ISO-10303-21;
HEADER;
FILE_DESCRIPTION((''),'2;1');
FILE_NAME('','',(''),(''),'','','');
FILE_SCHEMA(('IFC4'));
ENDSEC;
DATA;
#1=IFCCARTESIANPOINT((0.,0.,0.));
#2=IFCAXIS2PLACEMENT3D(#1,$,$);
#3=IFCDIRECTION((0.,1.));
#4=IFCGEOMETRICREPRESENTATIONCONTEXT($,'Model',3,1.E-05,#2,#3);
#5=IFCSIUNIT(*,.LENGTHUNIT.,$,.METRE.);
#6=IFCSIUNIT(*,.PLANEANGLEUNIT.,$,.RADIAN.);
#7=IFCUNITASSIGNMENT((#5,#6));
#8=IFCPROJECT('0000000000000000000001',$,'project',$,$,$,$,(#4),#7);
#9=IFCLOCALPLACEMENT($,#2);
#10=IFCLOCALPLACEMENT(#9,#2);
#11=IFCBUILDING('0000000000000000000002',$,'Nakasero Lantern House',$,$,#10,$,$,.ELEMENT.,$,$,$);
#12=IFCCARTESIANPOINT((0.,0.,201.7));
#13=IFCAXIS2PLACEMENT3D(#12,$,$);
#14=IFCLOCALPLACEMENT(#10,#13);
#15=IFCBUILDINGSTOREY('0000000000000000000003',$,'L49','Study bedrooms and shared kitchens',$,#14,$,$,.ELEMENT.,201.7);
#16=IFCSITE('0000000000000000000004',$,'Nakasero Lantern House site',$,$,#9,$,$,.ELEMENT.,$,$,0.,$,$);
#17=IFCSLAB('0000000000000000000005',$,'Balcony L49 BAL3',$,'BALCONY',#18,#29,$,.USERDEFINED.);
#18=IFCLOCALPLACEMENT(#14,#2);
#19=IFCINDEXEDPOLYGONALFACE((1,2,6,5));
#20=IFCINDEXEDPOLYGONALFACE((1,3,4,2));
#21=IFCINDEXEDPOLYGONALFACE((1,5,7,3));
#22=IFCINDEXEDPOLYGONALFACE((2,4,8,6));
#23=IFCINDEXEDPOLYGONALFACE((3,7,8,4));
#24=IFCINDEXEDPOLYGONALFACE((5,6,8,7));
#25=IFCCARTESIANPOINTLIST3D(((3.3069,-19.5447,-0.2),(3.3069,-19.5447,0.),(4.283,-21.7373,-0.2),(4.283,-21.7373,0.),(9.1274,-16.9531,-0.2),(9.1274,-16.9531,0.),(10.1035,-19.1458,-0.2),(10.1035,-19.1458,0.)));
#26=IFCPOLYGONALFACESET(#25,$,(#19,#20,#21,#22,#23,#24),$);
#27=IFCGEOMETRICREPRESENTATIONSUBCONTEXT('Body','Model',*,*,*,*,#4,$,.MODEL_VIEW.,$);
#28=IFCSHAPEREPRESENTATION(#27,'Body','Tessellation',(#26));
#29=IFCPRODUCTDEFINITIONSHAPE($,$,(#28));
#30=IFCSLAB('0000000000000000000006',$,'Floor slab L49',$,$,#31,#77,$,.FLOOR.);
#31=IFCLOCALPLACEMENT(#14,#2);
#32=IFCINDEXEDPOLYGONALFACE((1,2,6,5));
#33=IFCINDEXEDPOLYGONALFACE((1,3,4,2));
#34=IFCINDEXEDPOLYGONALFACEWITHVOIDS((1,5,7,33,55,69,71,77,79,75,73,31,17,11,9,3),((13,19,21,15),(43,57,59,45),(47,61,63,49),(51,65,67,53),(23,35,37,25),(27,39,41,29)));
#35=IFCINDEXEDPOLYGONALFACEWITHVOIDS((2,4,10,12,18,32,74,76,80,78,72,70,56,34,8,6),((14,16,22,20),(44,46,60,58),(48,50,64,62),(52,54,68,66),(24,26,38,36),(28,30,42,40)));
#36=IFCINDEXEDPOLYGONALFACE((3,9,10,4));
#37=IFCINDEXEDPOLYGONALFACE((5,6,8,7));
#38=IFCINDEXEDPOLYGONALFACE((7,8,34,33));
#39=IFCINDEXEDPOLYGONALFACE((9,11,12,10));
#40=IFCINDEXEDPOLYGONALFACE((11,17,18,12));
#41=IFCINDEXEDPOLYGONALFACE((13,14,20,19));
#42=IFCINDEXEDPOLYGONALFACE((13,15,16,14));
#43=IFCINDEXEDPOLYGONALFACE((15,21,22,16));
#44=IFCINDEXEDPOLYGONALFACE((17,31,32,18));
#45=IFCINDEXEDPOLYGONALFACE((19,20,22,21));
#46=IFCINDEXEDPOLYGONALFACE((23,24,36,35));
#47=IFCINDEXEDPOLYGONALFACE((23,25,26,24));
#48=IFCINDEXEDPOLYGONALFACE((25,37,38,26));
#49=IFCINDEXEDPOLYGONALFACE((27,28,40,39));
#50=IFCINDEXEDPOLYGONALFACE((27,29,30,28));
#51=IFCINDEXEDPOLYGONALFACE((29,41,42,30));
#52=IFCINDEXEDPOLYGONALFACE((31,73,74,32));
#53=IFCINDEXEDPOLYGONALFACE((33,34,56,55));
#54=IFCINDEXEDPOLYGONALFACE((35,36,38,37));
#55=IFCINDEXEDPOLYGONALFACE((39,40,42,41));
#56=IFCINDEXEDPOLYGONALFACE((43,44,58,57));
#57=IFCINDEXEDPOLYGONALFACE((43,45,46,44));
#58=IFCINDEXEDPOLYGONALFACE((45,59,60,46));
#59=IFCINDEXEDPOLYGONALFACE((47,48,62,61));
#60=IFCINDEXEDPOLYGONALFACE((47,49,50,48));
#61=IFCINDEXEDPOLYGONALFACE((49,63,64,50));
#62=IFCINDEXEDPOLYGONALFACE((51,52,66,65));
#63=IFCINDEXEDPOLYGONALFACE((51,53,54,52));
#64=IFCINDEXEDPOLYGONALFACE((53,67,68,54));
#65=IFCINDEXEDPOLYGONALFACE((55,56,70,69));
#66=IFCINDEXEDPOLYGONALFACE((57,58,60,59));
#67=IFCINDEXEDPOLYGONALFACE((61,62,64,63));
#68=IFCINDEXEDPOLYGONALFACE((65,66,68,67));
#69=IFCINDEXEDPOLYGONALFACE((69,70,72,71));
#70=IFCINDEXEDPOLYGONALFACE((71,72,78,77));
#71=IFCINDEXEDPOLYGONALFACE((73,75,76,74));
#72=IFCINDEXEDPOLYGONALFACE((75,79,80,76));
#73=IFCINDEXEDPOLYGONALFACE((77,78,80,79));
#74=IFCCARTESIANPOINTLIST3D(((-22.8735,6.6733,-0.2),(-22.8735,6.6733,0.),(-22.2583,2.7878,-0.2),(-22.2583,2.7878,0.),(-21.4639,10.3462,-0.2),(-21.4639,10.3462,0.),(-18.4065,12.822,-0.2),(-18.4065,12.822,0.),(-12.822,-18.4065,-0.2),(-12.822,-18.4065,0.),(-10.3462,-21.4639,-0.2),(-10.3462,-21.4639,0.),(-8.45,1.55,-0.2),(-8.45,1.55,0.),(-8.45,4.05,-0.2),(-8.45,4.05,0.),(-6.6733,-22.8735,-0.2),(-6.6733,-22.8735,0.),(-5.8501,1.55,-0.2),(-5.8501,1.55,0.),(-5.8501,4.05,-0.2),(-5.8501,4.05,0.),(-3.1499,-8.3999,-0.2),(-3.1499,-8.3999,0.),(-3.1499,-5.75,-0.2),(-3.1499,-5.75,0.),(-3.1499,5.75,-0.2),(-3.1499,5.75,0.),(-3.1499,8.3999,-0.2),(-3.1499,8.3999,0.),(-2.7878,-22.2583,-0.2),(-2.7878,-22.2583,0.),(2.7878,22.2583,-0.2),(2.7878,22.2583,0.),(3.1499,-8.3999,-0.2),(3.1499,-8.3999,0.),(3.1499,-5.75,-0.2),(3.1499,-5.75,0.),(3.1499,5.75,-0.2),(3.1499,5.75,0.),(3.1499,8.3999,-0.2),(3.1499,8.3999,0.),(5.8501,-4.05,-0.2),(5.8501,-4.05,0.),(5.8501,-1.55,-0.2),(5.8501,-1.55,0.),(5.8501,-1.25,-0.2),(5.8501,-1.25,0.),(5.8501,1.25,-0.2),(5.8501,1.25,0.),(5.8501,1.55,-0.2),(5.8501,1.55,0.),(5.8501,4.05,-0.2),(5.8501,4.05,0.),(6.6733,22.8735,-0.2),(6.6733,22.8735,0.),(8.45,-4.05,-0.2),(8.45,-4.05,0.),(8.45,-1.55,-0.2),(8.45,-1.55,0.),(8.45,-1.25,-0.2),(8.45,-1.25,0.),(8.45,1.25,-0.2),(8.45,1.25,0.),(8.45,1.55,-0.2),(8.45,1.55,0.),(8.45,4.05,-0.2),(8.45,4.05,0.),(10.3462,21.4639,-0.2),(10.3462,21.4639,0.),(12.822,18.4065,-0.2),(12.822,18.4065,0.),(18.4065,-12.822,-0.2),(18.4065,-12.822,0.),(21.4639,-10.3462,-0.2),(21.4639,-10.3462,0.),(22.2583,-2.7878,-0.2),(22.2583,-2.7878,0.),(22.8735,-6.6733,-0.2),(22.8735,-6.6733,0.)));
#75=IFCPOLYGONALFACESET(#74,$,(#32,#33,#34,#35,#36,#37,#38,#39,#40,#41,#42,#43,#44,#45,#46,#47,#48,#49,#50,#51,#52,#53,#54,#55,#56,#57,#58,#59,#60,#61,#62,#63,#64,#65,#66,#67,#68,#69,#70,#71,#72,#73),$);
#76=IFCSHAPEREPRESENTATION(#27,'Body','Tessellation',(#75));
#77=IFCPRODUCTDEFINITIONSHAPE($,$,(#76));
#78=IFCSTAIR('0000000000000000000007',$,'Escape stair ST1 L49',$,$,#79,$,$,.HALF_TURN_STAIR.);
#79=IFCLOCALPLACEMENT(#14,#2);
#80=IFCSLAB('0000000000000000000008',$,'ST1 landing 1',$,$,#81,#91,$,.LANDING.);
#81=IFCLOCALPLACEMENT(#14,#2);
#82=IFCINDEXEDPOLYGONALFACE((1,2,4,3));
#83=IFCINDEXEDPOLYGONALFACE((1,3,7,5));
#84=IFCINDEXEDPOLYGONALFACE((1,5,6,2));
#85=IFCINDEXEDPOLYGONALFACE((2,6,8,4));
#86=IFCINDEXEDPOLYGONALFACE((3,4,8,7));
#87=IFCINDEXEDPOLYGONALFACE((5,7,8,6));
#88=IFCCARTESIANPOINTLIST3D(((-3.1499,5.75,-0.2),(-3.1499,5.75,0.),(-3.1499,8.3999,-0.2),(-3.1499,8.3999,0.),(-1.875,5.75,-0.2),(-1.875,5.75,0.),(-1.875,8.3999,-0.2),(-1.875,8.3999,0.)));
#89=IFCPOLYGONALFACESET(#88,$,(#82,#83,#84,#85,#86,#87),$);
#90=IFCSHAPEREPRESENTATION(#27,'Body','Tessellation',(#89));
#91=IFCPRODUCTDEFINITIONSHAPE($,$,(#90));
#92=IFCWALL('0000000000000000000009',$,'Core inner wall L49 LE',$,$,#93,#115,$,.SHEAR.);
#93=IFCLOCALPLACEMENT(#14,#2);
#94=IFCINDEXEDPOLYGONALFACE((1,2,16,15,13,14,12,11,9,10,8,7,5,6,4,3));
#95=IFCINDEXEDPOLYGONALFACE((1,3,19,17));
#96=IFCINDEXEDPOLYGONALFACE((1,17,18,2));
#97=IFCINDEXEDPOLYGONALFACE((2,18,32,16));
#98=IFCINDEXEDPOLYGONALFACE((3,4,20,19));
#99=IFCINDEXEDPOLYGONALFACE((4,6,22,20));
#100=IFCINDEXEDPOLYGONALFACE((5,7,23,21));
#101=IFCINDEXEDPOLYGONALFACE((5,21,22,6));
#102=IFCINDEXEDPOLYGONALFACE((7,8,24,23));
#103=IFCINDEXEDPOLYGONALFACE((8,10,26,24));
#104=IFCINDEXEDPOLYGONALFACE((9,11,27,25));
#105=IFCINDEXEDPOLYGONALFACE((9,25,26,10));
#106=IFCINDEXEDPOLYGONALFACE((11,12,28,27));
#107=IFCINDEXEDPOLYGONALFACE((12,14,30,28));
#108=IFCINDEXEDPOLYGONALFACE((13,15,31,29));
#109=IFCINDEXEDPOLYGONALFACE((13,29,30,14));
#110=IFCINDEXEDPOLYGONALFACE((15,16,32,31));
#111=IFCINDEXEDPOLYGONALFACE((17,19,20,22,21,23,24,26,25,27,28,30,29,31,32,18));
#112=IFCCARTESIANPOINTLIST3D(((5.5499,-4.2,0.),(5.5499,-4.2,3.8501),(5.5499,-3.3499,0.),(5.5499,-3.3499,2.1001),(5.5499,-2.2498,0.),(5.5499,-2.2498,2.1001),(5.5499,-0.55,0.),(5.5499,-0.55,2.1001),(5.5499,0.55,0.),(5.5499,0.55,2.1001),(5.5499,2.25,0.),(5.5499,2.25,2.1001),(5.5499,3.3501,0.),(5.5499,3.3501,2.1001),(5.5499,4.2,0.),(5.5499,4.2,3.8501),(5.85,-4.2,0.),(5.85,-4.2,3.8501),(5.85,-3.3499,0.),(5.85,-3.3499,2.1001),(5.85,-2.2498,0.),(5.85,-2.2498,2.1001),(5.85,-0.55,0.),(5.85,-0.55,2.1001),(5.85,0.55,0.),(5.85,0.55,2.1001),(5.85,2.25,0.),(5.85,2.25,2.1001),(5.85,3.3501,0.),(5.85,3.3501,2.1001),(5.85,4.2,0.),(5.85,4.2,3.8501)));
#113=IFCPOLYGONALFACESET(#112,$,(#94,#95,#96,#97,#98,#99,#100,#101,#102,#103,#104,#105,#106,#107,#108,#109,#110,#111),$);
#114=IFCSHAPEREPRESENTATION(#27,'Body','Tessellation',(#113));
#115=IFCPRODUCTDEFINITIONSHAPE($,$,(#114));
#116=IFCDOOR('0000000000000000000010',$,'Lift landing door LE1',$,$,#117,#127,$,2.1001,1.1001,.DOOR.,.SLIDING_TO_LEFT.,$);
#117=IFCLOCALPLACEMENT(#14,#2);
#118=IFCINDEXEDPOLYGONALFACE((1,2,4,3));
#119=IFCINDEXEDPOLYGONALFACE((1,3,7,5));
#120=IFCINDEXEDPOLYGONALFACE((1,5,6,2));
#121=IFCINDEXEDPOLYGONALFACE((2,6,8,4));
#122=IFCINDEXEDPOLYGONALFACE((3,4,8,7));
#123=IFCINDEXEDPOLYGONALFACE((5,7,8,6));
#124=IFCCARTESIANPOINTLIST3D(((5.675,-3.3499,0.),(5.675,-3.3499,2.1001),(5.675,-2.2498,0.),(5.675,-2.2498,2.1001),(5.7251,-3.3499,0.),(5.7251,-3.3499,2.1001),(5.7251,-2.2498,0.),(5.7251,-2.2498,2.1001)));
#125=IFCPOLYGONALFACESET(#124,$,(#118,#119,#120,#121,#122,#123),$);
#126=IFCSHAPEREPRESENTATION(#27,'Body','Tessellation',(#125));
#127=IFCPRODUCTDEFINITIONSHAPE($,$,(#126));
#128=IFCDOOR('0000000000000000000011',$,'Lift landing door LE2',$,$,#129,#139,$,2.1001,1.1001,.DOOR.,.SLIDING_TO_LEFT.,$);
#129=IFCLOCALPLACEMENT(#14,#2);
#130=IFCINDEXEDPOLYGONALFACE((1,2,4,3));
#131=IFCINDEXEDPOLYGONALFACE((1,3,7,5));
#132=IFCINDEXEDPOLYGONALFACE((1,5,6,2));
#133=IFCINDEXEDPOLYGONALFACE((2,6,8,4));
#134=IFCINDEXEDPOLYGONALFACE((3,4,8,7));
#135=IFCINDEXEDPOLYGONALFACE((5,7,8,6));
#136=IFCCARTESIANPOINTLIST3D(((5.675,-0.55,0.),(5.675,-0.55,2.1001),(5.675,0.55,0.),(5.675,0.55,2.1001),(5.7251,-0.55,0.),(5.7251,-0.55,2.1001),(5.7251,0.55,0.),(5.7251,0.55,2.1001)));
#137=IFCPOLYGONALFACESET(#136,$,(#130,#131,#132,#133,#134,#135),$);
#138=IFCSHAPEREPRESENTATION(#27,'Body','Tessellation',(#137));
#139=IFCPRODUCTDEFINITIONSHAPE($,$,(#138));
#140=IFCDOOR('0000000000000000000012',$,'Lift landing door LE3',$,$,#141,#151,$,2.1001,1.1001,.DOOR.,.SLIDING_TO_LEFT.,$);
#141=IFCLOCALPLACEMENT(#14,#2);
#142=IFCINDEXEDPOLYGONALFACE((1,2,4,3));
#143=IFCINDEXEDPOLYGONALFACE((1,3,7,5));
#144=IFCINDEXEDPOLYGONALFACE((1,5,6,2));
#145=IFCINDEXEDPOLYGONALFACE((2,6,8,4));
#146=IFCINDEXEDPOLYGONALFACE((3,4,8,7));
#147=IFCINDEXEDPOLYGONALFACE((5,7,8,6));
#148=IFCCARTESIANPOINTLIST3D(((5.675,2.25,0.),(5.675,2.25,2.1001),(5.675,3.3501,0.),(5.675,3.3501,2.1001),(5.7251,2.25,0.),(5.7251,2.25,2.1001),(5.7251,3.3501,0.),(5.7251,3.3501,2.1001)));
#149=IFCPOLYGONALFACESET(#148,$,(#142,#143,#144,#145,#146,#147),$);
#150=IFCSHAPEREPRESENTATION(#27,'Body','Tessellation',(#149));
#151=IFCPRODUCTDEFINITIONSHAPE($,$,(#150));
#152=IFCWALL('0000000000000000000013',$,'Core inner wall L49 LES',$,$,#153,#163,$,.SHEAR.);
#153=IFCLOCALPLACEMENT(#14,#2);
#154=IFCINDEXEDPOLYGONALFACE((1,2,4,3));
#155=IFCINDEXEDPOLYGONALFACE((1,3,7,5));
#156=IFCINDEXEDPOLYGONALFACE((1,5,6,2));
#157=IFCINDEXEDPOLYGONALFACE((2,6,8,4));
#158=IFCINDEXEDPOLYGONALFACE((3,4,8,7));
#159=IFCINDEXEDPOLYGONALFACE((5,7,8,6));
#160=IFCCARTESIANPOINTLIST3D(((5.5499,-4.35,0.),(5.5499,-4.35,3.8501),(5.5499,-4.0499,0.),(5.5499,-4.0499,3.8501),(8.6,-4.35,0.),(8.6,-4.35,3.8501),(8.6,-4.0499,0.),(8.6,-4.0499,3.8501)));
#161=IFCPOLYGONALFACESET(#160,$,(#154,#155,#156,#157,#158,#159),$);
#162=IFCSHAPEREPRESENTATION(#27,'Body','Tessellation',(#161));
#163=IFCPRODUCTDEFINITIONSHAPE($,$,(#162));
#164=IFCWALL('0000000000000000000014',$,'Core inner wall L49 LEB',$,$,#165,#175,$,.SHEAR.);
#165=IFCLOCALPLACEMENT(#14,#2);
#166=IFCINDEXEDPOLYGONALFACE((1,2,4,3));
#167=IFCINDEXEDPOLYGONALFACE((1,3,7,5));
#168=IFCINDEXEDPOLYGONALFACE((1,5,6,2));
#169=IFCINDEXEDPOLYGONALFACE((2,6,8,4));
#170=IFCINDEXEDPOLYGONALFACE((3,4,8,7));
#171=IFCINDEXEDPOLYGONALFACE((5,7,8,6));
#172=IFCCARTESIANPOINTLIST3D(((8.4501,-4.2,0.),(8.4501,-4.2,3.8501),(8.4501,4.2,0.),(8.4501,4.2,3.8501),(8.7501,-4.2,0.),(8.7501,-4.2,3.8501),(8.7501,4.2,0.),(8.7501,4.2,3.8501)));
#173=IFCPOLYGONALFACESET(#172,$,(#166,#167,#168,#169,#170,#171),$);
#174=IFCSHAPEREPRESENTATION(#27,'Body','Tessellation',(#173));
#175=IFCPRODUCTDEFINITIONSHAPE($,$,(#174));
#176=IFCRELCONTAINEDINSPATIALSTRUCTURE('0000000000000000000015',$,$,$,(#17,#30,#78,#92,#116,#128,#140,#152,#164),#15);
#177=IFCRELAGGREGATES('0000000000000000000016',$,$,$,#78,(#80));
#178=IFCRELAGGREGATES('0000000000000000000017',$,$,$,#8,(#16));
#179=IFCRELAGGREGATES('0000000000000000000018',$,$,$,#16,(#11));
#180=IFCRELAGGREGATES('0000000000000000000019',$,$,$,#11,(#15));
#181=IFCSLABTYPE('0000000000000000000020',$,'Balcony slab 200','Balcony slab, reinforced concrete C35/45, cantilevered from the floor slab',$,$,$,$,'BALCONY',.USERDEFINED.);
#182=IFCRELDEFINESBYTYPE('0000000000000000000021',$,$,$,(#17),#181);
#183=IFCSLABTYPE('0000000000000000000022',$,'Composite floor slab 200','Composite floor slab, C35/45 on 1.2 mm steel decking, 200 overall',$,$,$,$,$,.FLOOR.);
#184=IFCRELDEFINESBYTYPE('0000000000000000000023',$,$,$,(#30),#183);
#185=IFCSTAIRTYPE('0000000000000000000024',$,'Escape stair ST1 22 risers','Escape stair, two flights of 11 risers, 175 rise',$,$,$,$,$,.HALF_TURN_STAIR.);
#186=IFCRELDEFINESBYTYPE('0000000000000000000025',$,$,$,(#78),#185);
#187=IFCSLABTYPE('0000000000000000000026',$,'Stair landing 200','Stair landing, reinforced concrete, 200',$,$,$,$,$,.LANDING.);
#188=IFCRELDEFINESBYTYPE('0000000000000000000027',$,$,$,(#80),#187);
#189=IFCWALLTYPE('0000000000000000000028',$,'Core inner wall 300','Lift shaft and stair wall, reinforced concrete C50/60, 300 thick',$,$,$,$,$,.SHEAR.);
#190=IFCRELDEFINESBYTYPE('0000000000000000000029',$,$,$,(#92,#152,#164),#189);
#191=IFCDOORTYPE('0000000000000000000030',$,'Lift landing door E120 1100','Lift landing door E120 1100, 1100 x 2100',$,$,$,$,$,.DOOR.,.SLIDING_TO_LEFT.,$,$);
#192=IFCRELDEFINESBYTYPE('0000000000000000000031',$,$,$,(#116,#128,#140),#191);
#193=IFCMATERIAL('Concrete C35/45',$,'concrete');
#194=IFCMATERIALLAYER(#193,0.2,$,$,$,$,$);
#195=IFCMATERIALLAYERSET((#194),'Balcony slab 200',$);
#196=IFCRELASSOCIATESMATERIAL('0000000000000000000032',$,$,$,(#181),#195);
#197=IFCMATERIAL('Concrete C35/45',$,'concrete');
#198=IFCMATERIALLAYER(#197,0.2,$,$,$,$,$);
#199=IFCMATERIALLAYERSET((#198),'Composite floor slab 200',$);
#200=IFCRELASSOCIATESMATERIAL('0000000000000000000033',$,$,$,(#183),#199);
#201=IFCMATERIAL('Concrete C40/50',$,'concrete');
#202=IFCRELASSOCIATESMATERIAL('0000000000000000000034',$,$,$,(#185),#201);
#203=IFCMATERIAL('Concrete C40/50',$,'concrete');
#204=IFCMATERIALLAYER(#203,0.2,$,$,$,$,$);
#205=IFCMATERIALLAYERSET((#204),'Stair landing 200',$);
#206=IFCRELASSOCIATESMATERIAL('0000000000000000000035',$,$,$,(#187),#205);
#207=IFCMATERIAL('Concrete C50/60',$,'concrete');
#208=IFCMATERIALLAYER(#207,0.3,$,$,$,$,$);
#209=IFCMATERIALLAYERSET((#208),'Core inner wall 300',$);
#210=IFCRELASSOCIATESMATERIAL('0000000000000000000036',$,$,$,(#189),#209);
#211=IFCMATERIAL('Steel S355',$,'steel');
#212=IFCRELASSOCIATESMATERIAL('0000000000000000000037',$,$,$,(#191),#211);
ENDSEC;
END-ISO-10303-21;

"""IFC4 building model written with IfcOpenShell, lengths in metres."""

from ifc_helpers import new_model, si_unit, direction, frame, frame_2d, origin, place, context, subcontext, project, spatial, polyline, rectangle, outline, extrude, material, layer, layer_set, type_object, element, fill, aggregate, save


model = new_model("IFC4")

# Units and contexts
model_context = context("Model", 3, precision=1e-05, world=origin(), true_north=direction((0.0, 1.0)))
body_context = subcontext(model_context, "Body", "Model", "MODEL_VIEW")
ifc_project = project(units=[si_unit("LENGTHUNIT", "METRE"), si_unit("PLANEANGLEUNIT", "RADIAN")], contexts=[model_context])

# Site, building, storey
site_placement = place(None, origin())
site = spatial("IfcSite", under=ifc_project, at=site_placement, Name="Nakasero Lantern House site", CompositionType="ELEMENT", RefElevation=0.0)
building_placement = place(site_placement, origin())
building = spatial("IfcBuilding", under=site, at=building_placement, Name="Nakasero Lantern House", CompositionType="ELEMENT")
storey_placement = place(building_placement, frame((0.0, 0.0, 201.7)))
storey = spatial("IfcBuildingStorey", under=building, at=storey_placement, Name="L49", Description="Study bedrooms and shared kitchens", CompositionType="ELEMENT", Elevation=201.7)

# Slabs
ifc_material_1 = material(Name="Concrete C35/45", Category="concrete")
ifc_layer_1 = layer(ifc_material_1, 0.2)
ifc_layer_set_1 = layer_set([ifc_layer_1], Name="Balcony slab 200")
slab_type_1 = type_object("IfcSlabType", Name="Balcony slab 200", Description="Balcony slab, reinforced concrete C35/45, cantilevered from the floor slab", ElementType="BALCONY", PredefinedType="USERDEFINED", material=ifc_layer_set_1)
slab_1_placement = place(storey_placement, frame((0.0, 0.0, -0.2)))
element("IfcSlab", 1, at=slab_1_placement, inside=storey, type_object=slab_type_1, Name="Balcony L49 BAL3", ObjectType="BALCONY", PredefinedType="USERDEFINED", context=body_context, shape_type="SweptSolid", body=[
    extrude(outline(polyline([(3.3069, -19.5447), (4.283, -21.7373), (10.1035, -19.1458), (9.1274, -16.9531), (3.3069, -19.5447)])), origin(), (0.0, 0.0, 1.0), 0.2),
])
ifc_material_2 = material(Name="Concrete C35/45", Category="concrete")
ifc_layer_2 = layer(ifc_material_2, 0.2)
ifc_layer_set_2 = layer_set([ifc_layer_2], Name="Composite floor slab 200")
slab_type_2 = type_object("IfcSlabType", Name="Composite floor slab 200", Description="Composite floor slab, C35/45 on 1.2 mm steel decking, 200 overall", PredefinedType="FLOOR", material=ifc_layer_set_2)
slab_2_placement = place(storey_placement, frame((0.0, 0.0, -0.2)))
element("IfcSlab", 2, at=slab_2_placement, inside=storey, type_object=slab_type_2, Name="Floor slab L49", PredefinedType="FLOOR", context=body_context, shape_type="SweptSolid", body=[
    extrude(outline(polyline([(12.822, 18.4065), (10.3462, 21.4639), (6.6733, 22.8735), (2.7878, 22.2583), (-18.4065, 12.822), (-21.4639, 10.3462), (-22.8735, 6.6733), (-22.2583, 2.7878), (-12.822, -18.4065), (-10.3462, -21.4639), (-6.6733, -22.8735), (-2.7878, -22.2583), (18.4065, -12.822), (21.4639, -10.3462), (22.8735, -6.6733), (22.2583, -2.7878), (12.822, 18.4065)]), holes=[polyline([(-8.45, 1.55), (-5.8501, 1.55), (-5.8501, 4.05), (-8.45, 4.05), (-8.45, 1.55)]), polyline([(5.8501, -4.05), (8.45, -4.05), (8.45, -1.55), (5.8501, -1.55), (5.8501, -4.05)]), polyline([(5.8501, -1.25), (8.45, -1.25), (8.45, 1.25), (5.8501, 1.25), (5.8501, -1.25)]), polyline([(5.8501, 1.55), (8.45, 1.55), (8.45, 4.05), (5.8501, 4.05), (5.8501, 1.55)]), polyline([(-3.1499, 5.75), (3.1499, 5.75), (3.1499, 8.3999), (-3.1499, 8.3999), (-3.1499, 5.75)]), polyline([(-3.1499, -8.3999), (3.1499, -8.3999), (3.1499, -5.75), (-3.1499, -5.75), (-3.1499, -8.3999)])]), origin(), (0.0, 0.0, 1.0), 0.2),
])

# Stair, slab
ifc_material_3 = material(Name="Concrete C40/50", Category="concrete")
stair_type_1 = type_object("IfcStairType", Name="Escape stair ST1 22 risers", Description="Escape stair, two flights of 11 risers, 175 rise", PredefinedType="HALF_TURN_STAIR", material=ifc_material_3)
stair_1_placement = place(storey_placement, origin())
stair_1 = element("IfcStair", 3, at=stair_1_placement, inside=storey, type_object=stair_type_1, Name="Escape stair ST1 L49", PredefinedType="HALF_TURN_STAIR")
ifc_material_4 = material(Name="Concrete C40/50", Category="concrete")
ifc_layer_3 = layer(ifc_material_4, 0.2)
ifc_layer_set_3 = layer_set([ifc_layer_3], Name="Stair landing 200")
slab_type_3 = type_object("IfcSlabType", Name="Stair landing 200", Description="Stair landing, reinforced concrete, 200", PredefinedType="LANDING", material=ifc_layer_set_3)
slab_3_placement = place(storey_placement, frame((0.0, 0.0, -0.2)))
slab_3 = element("IfcSlab", 4, at=slab_3_placement, type_object=slab_type_3, Name="ST1 landing 1", PredefinedType="LANDING", context=body_context, shape_type="SweptSolid", body=[
    extrude(outline(polyline([(-3.1499, 5.75), (-1.875, 5.75), (-1.875, 8.3999), (-3.1499, 8.3999), (-3.1499, 5.75)])), origin(), (0.0, 0.0, 1.0), 0.2),
])
aggregate(stair_1, [slab_3])

# Wall, openings, doors
ifc_material_5 = material(Name="Concrete C50/60", Category="concrete")
ifc_layer_4 = layer(ifc_material_5, 0.3)
ifc_layer_set_4 = layer_set([ifc_layer_4], Name="Core inner wall 300")
wall_type_1 = type_object("IfcWallType", Name="Core inner wall 300", Description="Lift shaft and stair wall, reinforced concrete C50/60, 300 thick", PredefinedType="SHEAR", material=ifc_layer_set_4)
wall_1_placement = place(storey_placement, frame((5.7, -4.2, 0.0), z_axis=(0.0, 0.0, 1.0), x_axis=(0.0, 1.0, 0.0)))
wall_1 = element("IfcWall", 5, at=wall_1_placement, inside=storey, type_object=wall_type_1, Name="Core inner wall L49 LE", PredefinedType="SHEAR", context=body_context, shape_type="SweptSolid", body=[
    extrude(rectangle(XDim=8.3999, YDim=0.3, at=frame_2d((4.2, 0.0))), origin(), (0.0, 0.0, 1.0), 3.8501),
])
opening_1_placement = place(wall_1_placement, frame((0.8501, 0.0, 0.0)))
opening_1 = element("IfcOpeningElement", 6, at=opening_1_placement, cuts=wall_1, PredefinedType="OPENING", context=body_context, shape_type="SweptSolid", body=[
    extrude(rectangle(XDim=1.1001, YDim=2.1001, at=frame_2d((0.55, 1.05))), frame((0.0, 0.1699, 0.0), z_axis=(0.0, -1.0, 0.0), x_axis=(1.0, 0.0, 0.0)), (0.0, 0.0, 1.0), 0.3401),
])
opening_2_placement = place(wall_1_placement, frame((3.6499, 0.0, 0.0)))
opening_2 = element("IfcOpeningElement", 7, at=opening_2_placement, cuts=wall_1, PredefinedType="OPENING", context=body_context, shape_type="SweptSolid", body=[
    extrude(rectangle(XDim=1.1001, YDim=2.1001, at=frame_2d((0.55, 1.05))), frame((0.0, 0.1699, 0.0), z_axis=(0.0, -1.0, 0.0), x_axis=(1.0, 0.0, 0.0)), (0.0, 0.0, 1.0), 0.3401),
])
opening_3_placement = place(wall_1_placement, frame((6.45, 0.0, 0.0)))
opening_3 = element("IfcOpeningElement", 8, at=opening_3_placement, cuts=wall_1, PredefinedType="OPENING", context=body_context, shape_type="SweptSolid", body=[
    extrude(rectangle(XDim=1.1001, YDim=2.1001, at=frame_2d((0.55, 1.05))), frame((0.0, 0.1699, 0.0), z_axis=(0.0, -1.0, 0.0), x_axis=(1.0, 0.0, 0.0)), (0.0, 0.0, 1.0), 0.3401),
])
ifc_material_6 = material(Name="Steel S355", Category="steel")
door_type_1 = type_object("IfcDoorType", Name="Lift landing door E120 1100", Description="Lift landing door E120 1100, 1100 x 2100", OperationType="SLIDING_TO_LEFT", PredefinedType="DOOR", material=ifc_material_6)
door_1_placement = place(opening_1_placement, origin())
door_1 = element("IfcDoor", 9, at=door_1_placement, inside=storey, type_object=door_type_1, Name="Lift landing door LE1", OperationType="SLIDING_TO_LEFT", OverallHeight=2.1001, OverallWidth=1.1001, PredefinedType="DOOR", context=body_context, shape_type="SweptSolid", body=[
    extrude(rectangle(XDim=1.1001, YDim=2.1001, at=frame_2d((0.55, 1.05))), frame((0.0, 0.0249, 0.0), z_axis=(0.0, -1.0, 0.0), x_axis=(1.0, 0.0, 0.0)), (0.0, 0.0, 1.0), 0.05),
])
fill(opening_1, door_1)
door_2_placement = place(opening_2_placement, origin())
door_2 = element("IfcDoor", 10, at=door_2_placement, inside=storey, type_object=door_type_1, Name="Lift landing door LE2", OperationType="SLIDING_TO_LEFT", OverallHeight=2.1001, OverallWidth=1.1001, PredefinedType="DOOR", context=body_context, shape_type="SweptSolid", body=[
    extrude(rectangle(XDim=1.1001, YDim=2.1001, at=frame_2d((0.55, 1.05))), frame((0.0, 0.0249, 0.0), z_axis=(0.0, -1.0, 0.0), x_axis=(1.0, 0.0, 0.0)), (0.0, 0.0, 1.0), 0.05),
])
fill(opening_2, door_2)
door_3_placement = place(opening_3_placement, origin())
door_3 = element("IfcDoor", 11, at=door_3_placement, inside=storey, type_object=door_type_1, Name="Lift landing door LE3", OperationType="SLIDING_TO_LEFT", OverallHeight=2.1001, OverallWidth=1.1001, PredefinedType="DOOR", context=body_context, shape_type="SweptSolid", body=[
    extrude(rectangle(XDim=1.1001, YDim=2.1001, at=frame_2d((0.55, 1.05))), frame((0.0, 0.0249, 0.0), z_axis=(0.0, -1.0, 0.0), x_axis=(1.0, 0.0, 0.0)), (0.0, 0.0, 1.0), 0.05),
])
fill(opening_3, door_3)

# Walls
wall_2_placement = place(storey_placement, frame((5.55, -4.2, 0.0), z_axis=(0.0, 0.0, 1.0), x_axis=(1.0, 0.0, 0.0)))
element("IfcWall", 12, at=wall_2_placement, inside=storey, type_object=wall_type_1, Name="Core inner wall L49 LES", PredefinedType="SHEAR", context=body_context, shape_type="SweptSolid", body=[
    extrude(rectangle(XDim=3.05, YDim=0.3, at=frame_2d((1.5249, 0.0))), origin(), (0.0, 0.0, 1.0), 3.8501),
])
wall_3_placement = place(storey_placement, frame((8.6001, -4.2, 0.0), z_axis=(0.0, 0.0, 1.0), x_axis=(0.0, 1.0, 0.0)))
element("IfcWall", 13, at=wall_3_placement, inside=storey, type_object=wall_type_1, Name="Core inner wall L49 LEB", PredefinedType="SHEAR", context=body_context, shape_type="SweptSolid", body=[
    extrude(rectangle(XDim=8.3999, YDim=0.3, at=frame_2d((4.2, 0.0))), origin(), (0.0, 0.0, 1.0), 3.8501),
])

save(model, "model.ifc")
